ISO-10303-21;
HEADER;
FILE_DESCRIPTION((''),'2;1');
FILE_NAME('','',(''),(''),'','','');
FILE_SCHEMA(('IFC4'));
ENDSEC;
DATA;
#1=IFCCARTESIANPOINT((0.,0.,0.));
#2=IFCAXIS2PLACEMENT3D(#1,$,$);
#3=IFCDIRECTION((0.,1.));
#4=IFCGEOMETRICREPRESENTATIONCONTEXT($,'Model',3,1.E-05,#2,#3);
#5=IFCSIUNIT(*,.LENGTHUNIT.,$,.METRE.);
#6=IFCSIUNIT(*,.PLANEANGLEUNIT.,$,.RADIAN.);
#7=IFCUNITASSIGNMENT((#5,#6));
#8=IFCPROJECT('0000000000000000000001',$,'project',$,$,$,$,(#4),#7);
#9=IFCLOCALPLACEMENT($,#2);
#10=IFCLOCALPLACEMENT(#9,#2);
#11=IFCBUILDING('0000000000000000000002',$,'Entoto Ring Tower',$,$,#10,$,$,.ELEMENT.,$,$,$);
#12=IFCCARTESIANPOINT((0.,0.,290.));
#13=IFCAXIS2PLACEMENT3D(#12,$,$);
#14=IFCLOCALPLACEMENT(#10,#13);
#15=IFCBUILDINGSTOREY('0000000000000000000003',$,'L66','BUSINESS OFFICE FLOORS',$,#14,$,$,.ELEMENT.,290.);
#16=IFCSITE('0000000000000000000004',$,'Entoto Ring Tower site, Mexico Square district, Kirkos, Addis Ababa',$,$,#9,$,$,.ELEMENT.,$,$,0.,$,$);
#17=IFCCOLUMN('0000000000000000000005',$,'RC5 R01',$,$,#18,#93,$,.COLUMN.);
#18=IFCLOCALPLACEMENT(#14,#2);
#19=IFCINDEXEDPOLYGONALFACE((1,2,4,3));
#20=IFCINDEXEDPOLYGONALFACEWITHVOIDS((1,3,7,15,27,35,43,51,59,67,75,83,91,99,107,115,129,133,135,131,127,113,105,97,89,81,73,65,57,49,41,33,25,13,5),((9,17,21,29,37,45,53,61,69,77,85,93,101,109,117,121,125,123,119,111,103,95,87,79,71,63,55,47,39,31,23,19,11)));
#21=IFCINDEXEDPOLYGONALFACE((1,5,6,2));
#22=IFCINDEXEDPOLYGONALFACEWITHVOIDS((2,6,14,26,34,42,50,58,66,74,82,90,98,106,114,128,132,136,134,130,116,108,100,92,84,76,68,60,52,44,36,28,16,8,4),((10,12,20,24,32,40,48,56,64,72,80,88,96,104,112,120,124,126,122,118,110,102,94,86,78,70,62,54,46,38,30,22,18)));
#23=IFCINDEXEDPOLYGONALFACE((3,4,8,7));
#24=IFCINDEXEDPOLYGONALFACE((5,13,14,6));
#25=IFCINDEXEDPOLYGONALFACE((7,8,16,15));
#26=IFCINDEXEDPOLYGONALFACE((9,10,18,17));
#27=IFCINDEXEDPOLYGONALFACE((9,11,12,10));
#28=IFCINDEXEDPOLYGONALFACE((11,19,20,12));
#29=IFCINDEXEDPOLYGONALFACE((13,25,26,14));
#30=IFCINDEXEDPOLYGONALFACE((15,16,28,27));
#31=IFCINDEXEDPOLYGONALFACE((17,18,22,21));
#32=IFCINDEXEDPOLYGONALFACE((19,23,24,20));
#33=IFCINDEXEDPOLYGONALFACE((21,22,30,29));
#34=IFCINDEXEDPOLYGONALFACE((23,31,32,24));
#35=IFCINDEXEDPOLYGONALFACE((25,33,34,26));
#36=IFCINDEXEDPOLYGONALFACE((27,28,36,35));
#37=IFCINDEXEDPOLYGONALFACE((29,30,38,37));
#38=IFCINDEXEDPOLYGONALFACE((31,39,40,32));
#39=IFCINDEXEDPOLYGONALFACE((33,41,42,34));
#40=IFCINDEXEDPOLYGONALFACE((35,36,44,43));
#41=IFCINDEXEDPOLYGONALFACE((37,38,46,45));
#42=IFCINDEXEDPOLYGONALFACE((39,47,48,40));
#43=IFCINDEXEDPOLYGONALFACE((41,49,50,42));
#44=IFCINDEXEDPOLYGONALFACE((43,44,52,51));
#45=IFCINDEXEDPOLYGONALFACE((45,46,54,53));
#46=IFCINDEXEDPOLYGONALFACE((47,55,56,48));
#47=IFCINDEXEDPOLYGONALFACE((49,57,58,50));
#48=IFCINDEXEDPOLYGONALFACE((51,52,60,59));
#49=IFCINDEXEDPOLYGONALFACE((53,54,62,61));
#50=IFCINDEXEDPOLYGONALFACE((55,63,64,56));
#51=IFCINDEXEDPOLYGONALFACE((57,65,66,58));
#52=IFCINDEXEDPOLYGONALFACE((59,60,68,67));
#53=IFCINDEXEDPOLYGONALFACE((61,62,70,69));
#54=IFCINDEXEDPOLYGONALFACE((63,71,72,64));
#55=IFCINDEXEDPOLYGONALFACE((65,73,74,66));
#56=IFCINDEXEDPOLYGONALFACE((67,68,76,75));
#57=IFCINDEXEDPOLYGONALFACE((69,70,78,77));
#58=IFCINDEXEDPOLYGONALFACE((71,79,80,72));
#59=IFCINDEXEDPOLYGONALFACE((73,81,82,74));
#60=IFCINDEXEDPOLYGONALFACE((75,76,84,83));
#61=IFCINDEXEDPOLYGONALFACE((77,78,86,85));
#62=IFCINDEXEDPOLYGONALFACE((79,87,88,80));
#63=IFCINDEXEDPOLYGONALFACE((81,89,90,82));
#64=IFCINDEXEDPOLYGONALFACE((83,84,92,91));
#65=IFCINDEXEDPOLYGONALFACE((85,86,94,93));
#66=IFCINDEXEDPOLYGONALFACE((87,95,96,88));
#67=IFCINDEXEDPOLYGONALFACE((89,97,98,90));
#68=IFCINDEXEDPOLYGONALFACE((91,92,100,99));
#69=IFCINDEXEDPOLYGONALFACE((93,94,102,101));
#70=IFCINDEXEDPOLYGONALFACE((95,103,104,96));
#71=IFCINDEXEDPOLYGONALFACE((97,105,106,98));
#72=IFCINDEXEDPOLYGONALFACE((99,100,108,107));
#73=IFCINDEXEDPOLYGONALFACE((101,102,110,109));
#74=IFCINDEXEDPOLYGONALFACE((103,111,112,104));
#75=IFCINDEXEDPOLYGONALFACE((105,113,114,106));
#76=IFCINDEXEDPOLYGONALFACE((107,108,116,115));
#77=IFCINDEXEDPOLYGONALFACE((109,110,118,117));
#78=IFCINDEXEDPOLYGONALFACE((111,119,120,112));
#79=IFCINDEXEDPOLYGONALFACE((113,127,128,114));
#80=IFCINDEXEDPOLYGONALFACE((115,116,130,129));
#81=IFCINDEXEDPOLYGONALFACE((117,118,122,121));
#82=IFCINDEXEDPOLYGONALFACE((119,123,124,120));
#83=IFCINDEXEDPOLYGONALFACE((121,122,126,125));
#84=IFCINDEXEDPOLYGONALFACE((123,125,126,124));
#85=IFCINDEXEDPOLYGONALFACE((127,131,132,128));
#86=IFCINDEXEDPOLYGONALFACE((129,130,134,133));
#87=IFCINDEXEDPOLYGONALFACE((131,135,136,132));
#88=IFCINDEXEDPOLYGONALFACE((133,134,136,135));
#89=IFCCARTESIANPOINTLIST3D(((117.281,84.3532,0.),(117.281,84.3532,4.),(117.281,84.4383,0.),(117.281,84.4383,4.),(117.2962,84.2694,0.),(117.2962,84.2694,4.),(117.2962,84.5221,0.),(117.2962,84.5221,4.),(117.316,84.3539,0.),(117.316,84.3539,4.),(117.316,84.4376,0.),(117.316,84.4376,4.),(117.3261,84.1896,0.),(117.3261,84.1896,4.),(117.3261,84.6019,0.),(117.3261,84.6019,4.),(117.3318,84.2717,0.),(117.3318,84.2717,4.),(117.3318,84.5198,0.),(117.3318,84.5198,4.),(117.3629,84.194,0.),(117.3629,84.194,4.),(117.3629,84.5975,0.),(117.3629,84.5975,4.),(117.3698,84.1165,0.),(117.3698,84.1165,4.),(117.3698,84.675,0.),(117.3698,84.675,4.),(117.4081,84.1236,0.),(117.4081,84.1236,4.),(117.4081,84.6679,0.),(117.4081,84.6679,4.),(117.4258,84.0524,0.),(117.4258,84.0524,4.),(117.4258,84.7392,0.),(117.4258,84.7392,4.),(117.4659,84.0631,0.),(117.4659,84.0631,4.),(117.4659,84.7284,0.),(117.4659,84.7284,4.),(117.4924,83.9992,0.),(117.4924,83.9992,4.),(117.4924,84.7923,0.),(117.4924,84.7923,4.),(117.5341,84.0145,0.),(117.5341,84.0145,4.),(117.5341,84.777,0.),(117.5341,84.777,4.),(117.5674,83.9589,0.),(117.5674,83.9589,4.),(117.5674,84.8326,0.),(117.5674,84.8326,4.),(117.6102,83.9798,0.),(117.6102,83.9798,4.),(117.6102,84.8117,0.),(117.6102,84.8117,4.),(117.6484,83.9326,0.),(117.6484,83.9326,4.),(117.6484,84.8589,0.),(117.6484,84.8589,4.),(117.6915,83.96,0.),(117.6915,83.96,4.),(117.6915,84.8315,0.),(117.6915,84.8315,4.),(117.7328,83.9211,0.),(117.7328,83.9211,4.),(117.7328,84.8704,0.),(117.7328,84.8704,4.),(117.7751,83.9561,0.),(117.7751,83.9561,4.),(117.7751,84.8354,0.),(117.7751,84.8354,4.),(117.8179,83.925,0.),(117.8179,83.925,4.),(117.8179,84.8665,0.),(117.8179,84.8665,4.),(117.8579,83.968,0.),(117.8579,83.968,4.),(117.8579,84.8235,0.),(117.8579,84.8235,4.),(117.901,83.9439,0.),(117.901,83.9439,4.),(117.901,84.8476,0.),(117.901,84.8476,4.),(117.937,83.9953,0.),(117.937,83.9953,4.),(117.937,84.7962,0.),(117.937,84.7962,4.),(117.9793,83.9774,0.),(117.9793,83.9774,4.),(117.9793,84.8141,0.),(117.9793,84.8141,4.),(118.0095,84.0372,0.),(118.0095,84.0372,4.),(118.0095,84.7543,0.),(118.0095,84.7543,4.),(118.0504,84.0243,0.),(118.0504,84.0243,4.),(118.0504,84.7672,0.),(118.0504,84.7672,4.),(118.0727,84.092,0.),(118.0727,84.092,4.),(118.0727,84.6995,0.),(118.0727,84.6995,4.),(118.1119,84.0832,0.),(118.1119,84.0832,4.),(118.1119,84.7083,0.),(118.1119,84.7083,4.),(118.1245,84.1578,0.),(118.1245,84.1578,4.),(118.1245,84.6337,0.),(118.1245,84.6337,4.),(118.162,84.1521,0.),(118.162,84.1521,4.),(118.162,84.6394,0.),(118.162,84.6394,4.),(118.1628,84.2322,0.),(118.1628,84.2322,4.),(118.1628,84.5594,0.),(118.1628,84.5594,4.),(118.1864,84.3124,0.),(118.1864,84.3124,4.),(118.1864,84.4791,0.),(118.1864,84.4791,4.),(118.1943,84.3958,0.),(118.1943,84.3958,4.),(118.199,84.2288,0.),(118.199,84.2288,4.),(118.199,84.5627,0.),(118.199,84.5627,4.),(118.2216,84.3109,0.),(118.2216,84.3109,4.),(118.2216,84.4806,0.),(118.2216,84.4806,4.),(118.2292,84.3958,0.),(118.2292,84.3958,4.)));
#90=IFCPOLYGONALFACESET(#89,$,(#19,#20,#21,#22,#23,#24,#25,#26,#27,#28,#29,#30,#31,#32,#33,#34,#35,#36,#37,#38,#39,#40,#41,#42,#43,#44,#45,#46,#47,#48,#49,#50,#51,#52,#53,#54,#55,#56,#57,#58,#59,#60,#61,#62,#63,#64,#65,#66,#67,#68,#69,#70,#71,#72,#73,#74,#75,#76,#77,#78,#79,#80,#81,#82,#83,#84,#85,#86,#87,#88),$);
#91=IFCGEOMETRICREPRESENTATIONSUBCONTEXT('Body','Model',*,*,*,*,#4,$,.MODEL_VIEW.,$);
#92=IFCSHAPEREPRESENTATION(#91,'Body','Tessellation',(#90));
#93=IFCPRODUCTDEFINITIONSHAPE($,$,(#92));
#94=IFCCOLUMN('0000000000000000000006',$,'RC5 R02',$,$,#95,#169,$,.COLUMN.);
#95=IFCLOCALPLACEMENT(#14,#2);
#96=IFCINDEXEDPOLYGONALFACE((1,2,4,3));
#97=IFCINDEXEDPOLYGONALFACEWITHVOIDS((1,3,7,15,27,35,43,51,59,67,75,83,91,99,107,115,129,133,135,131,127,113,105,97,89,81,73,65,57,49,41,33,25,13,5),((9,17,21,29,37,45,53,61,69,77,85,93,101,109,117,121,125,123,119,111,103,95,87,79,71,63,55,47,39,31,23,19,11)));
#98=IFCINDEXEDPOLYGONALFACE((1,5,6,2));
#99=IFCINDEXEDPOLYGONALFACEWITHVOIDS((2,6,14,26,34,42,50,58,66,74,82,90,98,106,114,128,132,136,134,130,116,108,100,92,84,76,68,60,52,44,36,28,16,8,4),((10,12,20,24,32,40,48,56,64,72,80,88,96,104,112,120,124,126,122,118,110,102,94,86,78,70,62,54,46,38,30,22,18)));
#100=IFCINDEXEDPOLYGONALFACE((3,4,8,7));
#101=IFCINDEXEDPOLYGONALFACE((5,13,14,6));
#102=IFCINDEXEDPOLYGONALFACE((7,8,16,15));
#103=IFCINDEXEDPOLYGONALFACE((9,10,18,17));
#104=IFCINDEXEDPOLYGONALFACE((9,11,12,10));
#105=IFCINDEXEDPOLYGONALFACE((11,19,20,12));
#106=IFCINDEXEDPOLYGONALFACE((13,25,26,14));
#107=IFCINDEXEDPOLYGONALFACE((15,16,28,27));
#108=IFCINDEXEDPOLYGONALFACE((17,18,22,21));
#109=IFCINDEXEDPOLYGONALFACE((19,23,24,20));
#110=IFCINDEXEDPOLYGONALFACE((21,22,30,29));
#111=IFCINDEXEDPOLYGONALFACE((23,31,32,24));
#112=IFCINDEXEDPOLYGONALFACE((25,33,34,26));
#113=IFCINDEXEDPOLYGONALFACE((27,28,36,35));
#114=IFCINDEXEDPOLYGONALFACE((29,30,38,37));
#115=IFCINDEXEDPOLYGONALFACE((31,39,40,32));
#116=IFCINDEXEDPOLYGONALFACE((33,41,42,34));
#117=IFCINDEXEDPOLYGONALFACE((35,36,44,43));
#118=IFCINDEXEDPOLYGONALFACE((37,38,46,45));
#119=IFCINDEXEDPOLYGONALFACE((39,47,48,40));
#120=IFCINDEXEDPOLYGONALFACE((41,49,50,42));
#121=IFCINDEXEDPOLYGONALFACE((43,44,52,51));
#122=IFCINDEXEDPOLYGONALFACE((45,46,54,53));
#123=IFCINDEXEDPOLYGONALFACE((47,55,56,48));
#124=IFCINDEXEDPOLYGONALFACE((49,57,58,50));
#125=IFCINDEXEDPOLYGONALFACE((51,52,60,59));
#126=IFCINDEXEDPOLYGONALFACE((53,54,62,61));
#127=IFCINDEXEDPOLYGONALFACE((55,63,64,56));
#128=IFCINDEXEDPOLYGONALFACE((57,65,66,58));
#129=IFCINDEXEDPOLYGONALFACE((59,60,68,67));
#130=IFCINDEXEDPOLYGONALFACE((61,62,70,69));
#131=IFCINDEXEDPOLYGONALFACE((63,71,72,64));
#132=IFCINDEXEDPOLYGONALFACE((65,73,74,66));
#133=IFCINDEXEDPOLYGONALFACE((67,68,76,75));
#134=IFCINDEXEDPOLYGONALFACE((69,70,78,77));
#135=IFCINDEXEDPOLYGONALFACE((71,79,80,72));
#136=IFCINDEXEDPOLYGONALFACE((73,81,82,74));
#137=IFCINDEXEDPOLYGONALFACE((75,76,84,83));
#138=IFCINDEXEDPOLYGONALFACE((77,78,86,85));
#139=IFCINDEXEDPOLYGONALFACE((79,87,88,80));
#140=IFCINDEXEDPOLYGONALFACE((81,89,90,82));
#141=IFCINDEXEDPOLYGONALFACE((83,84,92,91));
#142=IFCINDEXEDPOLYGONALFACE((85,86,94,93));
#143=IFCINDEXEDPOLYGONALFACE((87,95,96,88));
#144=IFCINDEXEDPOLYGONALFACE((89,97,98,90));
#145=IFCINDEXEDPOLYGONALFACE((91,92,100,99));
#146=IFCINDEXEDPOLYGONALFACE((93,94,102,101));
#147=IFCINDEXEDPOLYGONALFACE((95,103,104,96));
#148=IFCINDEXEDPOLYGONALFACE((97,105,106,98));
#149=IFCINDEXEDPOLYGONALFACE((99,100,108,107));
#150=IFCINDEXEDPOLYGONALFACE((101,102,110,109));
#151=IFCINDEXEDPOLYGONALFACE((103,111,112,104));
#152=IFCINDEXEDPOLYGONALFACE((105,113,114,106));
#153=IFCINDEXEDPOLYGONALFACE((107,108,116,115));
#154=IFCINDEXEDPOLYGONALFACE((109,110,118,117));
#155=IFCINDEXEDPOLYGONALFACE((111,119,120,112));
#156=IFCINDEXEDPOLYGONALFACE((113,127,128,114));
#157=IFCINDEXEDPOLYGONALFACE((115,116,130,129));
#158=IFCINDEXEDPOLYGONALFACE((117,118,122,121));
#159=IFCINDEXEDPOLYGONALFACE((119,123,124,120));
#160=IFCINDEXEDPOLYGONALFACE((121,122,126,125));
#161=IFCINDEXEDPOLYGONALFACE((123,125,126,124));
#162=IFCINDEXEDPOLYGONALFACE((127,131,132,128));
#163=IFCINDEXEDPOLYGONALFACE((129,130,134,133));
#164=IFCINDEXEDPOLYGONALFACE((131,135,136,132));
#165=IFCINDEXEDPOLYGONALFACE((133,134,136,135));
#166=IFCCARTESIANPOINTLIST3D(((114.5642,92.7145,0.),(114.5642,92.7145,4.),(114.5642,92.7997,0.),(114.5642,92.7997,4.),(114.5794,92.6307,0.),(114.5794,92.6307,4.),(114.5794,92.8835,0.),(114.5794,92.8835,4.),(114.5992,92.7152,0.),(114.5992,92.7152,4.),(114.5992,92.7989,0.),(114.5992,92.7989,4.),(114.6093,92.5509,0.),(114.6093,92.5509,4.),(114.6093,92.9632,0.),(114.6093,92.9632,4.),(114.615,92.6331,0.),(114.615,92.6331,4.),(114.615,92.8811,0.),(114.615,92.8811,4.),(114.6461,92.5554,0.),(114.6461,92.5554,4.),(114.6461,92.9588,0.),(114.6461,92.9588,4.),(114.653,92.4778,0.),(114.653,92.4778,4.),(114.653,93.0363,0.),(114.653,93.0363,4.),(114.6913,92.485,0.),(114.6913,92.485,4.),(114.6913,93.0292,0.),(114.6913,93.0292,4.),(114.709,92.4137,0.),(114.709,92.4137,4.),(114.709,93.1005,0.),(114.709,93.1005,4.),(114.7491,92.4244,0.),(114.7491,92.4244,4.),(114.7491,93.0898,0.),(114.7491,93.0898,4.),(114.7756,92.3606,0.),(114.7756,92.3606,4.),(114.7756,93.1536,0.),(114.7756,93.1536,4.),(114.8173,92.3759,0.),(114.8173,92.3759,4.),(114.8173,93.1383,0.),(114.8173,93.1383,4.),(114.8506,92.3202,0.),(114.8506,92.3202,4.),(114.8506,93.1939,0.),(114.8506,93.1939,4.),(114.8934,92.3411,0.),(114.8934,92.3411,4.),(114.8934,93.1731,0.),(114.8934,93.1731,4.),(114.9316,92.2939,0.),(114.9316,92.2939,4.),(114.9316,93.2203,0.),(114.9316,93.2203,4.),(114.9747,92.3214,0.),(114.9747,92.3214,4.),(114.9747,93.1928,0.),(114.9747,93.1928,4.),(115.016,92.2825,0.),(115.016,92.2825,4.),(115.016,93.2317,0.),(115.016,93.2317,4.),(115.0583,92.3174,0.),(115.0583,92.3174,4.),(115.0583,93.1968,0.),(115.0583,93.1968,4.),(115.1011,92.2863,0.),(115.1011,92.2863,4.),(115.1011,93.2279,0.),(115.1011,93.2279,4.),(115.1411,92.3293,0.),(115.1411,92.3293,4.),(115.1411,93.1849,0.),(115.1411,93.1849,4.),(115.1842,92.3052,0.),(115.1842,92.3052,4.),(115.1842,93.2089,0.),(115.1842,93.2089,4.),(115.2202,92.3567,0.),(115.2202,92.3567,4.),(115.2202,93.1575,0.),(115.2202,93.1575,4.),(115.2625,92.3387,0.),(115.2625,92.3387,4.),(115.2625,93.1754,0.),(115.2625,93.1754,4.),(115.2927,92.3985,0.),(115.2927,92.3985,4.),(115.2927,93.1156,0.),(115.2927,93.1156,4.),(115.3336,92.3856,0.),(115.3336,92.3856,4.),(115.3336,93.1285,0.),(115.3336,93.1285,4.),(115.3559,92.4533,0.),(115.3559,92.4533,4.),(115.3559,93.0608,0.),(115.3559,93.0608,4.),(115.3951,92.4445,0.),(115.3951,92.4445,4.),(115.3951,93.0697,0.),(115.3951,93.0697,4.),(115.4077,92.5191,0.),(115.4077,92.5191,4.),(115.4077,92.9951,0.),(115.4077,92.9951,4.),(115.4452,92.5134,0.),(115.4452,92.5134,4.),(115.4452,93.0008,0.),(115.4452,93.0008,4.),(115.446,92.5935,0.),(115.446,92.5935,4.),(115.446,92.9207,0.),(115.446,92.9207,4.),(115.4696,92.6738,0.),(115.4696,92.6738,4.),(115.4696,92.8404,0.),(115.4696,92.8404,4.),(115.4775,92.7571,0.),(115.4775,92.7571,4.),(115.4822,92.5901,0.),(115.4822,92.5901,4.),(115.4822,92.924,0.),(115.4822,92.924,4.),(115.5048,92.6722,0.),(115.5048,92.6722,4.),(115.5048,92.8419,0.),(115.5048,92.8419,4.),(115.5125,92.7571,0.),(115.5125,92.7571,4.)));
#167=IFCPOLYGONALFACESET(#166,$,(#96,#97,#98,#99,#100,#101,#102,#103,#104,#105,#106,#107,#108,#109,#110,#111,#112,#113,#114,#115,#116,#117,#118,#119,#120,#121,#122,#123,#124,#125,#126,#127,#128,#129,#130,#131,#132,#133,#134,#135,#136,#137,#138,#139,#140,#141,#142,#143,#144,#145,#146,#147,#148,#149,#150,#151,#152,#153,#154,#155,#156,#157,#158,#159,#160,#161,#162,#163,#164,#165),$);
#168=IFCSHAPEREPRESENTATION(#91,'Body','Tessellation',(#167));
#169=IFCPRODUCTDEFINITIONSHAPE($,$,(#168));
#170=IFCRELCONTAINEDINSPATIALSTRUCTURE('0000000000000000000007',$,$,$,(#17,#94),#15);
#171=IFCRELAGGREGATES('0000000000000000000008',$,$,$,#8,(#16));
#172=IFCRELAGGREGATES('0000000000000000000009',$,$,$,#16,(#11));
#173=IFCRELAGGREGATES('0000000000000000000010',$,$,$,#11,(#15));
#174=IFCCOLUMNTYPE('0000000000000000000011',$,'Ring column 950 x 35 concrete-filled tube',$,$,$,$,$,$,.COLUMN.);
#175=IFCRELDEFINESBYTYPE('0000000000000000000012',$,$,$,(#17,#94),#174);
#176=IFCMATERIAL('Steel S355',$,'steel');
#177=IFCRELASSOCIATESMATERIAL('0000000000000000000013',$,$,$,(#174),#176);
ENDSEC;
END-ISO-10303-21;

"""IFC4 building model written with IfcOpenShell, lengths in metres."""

from ifc_helpers import new_model, si_unit, direction, frame, origin, origin_2d, place, context, subcontext, project, spatial, circle, hollow_circle, extrude, material, material_profile, profile_set, type_object, element, save


model = new_model("IFC4")

# Units and contexts
model_context = context("Model", 3, precision=1e-05, world=origin(), true_north=direction((0.0, 1.0)))
body_context = subcontext(model_context, "Body", "Model", "MODEL_VIEW")
ifc_project = project(units=[si_unit("LENGTHUNIT", "METRE"), si_unit("PLANEANGLEUNIT", "RADIAN")], contexts=[model_context])

# Site, building, storey
site_placement = place(None, origin())
site = spatial("IfcSite", under=ifc_project, at=site_placement, Name="Entoto Ring Tower site, Mexico Square district, Kirkos, Addis Ababa", CompositionType="ELEMENT", RefElevation=0.0)
building_placement = place(site_placement, origin())
building = spatial("IfcBuilding", under=site, at=building_placement, Name="Entoto Ring Tower", CompositionType="ELEMENT")
storey_placement = place(building_placement, frame((0.0, 0.0, 290.0)))
storey = spatial("IfcBuildingStorey", under=building, at=storey_placement, Name="L66", Description="BUSINESS OFFICE FLOORS", CompositionType="ELEMENT", Elevation=290.0)

# Columns
ifc_material_1 = material(Name="Steel S355", Category="steel")
ifc_material_profile_1 = material_profile(ifc_material_1, hollow_circle(Radius=0.4751, WallThickness=0.0349, at=origin_2d()), Name="CHS 950 x 35")
ifc_material_2 = material(Name="Concrete C60/75", Category="concrete")
ifc_material_profile_2 = material_profile(ifc_material_2, circle(Radius=0.4399, at=origin_2d()), Name="Concrete C60/75 infill")
ifc_profile_set_1 = profile_set([ifc_material_profile_1, ifc_material_profile_2], Name="Steel S355")
column_type = type_object("IfcColumnType", Name="Ring column 950 x 35 concrete-filled tube", PredefinedType="COLUMN", material=ifc_profile_set_1)
for number, where, z_axis, x_axis, name in (
    (1, (117.7542, 84.3958, 0.0), (0.0, 0.0, 1.0), (1.0, 0.0, 0.0), "RC5 R01"),
    (2, (115.0374, 92.7571, 0.0), (0.0, 0.0, 1.0), (1.0, 0.0, 0.0), "RC5 R02"),
):
    element("IfcColumn", number, at=place(storey_placement, frame(where, z_axis=z_axis, x_axis=x_axis)), inside=storey, type_object=column_type, Name=name, PredefinedType="COLUMN", context=body_context, shape_type="SweptSolid", body=[
        extrude(hollow_circle(Radius=0.4751, WallThickness=0.0349, at=origin_2d()), origin(), (0.0, 0.0, 1.0), 4.0),
    ])

save(model, "model.ifc")
